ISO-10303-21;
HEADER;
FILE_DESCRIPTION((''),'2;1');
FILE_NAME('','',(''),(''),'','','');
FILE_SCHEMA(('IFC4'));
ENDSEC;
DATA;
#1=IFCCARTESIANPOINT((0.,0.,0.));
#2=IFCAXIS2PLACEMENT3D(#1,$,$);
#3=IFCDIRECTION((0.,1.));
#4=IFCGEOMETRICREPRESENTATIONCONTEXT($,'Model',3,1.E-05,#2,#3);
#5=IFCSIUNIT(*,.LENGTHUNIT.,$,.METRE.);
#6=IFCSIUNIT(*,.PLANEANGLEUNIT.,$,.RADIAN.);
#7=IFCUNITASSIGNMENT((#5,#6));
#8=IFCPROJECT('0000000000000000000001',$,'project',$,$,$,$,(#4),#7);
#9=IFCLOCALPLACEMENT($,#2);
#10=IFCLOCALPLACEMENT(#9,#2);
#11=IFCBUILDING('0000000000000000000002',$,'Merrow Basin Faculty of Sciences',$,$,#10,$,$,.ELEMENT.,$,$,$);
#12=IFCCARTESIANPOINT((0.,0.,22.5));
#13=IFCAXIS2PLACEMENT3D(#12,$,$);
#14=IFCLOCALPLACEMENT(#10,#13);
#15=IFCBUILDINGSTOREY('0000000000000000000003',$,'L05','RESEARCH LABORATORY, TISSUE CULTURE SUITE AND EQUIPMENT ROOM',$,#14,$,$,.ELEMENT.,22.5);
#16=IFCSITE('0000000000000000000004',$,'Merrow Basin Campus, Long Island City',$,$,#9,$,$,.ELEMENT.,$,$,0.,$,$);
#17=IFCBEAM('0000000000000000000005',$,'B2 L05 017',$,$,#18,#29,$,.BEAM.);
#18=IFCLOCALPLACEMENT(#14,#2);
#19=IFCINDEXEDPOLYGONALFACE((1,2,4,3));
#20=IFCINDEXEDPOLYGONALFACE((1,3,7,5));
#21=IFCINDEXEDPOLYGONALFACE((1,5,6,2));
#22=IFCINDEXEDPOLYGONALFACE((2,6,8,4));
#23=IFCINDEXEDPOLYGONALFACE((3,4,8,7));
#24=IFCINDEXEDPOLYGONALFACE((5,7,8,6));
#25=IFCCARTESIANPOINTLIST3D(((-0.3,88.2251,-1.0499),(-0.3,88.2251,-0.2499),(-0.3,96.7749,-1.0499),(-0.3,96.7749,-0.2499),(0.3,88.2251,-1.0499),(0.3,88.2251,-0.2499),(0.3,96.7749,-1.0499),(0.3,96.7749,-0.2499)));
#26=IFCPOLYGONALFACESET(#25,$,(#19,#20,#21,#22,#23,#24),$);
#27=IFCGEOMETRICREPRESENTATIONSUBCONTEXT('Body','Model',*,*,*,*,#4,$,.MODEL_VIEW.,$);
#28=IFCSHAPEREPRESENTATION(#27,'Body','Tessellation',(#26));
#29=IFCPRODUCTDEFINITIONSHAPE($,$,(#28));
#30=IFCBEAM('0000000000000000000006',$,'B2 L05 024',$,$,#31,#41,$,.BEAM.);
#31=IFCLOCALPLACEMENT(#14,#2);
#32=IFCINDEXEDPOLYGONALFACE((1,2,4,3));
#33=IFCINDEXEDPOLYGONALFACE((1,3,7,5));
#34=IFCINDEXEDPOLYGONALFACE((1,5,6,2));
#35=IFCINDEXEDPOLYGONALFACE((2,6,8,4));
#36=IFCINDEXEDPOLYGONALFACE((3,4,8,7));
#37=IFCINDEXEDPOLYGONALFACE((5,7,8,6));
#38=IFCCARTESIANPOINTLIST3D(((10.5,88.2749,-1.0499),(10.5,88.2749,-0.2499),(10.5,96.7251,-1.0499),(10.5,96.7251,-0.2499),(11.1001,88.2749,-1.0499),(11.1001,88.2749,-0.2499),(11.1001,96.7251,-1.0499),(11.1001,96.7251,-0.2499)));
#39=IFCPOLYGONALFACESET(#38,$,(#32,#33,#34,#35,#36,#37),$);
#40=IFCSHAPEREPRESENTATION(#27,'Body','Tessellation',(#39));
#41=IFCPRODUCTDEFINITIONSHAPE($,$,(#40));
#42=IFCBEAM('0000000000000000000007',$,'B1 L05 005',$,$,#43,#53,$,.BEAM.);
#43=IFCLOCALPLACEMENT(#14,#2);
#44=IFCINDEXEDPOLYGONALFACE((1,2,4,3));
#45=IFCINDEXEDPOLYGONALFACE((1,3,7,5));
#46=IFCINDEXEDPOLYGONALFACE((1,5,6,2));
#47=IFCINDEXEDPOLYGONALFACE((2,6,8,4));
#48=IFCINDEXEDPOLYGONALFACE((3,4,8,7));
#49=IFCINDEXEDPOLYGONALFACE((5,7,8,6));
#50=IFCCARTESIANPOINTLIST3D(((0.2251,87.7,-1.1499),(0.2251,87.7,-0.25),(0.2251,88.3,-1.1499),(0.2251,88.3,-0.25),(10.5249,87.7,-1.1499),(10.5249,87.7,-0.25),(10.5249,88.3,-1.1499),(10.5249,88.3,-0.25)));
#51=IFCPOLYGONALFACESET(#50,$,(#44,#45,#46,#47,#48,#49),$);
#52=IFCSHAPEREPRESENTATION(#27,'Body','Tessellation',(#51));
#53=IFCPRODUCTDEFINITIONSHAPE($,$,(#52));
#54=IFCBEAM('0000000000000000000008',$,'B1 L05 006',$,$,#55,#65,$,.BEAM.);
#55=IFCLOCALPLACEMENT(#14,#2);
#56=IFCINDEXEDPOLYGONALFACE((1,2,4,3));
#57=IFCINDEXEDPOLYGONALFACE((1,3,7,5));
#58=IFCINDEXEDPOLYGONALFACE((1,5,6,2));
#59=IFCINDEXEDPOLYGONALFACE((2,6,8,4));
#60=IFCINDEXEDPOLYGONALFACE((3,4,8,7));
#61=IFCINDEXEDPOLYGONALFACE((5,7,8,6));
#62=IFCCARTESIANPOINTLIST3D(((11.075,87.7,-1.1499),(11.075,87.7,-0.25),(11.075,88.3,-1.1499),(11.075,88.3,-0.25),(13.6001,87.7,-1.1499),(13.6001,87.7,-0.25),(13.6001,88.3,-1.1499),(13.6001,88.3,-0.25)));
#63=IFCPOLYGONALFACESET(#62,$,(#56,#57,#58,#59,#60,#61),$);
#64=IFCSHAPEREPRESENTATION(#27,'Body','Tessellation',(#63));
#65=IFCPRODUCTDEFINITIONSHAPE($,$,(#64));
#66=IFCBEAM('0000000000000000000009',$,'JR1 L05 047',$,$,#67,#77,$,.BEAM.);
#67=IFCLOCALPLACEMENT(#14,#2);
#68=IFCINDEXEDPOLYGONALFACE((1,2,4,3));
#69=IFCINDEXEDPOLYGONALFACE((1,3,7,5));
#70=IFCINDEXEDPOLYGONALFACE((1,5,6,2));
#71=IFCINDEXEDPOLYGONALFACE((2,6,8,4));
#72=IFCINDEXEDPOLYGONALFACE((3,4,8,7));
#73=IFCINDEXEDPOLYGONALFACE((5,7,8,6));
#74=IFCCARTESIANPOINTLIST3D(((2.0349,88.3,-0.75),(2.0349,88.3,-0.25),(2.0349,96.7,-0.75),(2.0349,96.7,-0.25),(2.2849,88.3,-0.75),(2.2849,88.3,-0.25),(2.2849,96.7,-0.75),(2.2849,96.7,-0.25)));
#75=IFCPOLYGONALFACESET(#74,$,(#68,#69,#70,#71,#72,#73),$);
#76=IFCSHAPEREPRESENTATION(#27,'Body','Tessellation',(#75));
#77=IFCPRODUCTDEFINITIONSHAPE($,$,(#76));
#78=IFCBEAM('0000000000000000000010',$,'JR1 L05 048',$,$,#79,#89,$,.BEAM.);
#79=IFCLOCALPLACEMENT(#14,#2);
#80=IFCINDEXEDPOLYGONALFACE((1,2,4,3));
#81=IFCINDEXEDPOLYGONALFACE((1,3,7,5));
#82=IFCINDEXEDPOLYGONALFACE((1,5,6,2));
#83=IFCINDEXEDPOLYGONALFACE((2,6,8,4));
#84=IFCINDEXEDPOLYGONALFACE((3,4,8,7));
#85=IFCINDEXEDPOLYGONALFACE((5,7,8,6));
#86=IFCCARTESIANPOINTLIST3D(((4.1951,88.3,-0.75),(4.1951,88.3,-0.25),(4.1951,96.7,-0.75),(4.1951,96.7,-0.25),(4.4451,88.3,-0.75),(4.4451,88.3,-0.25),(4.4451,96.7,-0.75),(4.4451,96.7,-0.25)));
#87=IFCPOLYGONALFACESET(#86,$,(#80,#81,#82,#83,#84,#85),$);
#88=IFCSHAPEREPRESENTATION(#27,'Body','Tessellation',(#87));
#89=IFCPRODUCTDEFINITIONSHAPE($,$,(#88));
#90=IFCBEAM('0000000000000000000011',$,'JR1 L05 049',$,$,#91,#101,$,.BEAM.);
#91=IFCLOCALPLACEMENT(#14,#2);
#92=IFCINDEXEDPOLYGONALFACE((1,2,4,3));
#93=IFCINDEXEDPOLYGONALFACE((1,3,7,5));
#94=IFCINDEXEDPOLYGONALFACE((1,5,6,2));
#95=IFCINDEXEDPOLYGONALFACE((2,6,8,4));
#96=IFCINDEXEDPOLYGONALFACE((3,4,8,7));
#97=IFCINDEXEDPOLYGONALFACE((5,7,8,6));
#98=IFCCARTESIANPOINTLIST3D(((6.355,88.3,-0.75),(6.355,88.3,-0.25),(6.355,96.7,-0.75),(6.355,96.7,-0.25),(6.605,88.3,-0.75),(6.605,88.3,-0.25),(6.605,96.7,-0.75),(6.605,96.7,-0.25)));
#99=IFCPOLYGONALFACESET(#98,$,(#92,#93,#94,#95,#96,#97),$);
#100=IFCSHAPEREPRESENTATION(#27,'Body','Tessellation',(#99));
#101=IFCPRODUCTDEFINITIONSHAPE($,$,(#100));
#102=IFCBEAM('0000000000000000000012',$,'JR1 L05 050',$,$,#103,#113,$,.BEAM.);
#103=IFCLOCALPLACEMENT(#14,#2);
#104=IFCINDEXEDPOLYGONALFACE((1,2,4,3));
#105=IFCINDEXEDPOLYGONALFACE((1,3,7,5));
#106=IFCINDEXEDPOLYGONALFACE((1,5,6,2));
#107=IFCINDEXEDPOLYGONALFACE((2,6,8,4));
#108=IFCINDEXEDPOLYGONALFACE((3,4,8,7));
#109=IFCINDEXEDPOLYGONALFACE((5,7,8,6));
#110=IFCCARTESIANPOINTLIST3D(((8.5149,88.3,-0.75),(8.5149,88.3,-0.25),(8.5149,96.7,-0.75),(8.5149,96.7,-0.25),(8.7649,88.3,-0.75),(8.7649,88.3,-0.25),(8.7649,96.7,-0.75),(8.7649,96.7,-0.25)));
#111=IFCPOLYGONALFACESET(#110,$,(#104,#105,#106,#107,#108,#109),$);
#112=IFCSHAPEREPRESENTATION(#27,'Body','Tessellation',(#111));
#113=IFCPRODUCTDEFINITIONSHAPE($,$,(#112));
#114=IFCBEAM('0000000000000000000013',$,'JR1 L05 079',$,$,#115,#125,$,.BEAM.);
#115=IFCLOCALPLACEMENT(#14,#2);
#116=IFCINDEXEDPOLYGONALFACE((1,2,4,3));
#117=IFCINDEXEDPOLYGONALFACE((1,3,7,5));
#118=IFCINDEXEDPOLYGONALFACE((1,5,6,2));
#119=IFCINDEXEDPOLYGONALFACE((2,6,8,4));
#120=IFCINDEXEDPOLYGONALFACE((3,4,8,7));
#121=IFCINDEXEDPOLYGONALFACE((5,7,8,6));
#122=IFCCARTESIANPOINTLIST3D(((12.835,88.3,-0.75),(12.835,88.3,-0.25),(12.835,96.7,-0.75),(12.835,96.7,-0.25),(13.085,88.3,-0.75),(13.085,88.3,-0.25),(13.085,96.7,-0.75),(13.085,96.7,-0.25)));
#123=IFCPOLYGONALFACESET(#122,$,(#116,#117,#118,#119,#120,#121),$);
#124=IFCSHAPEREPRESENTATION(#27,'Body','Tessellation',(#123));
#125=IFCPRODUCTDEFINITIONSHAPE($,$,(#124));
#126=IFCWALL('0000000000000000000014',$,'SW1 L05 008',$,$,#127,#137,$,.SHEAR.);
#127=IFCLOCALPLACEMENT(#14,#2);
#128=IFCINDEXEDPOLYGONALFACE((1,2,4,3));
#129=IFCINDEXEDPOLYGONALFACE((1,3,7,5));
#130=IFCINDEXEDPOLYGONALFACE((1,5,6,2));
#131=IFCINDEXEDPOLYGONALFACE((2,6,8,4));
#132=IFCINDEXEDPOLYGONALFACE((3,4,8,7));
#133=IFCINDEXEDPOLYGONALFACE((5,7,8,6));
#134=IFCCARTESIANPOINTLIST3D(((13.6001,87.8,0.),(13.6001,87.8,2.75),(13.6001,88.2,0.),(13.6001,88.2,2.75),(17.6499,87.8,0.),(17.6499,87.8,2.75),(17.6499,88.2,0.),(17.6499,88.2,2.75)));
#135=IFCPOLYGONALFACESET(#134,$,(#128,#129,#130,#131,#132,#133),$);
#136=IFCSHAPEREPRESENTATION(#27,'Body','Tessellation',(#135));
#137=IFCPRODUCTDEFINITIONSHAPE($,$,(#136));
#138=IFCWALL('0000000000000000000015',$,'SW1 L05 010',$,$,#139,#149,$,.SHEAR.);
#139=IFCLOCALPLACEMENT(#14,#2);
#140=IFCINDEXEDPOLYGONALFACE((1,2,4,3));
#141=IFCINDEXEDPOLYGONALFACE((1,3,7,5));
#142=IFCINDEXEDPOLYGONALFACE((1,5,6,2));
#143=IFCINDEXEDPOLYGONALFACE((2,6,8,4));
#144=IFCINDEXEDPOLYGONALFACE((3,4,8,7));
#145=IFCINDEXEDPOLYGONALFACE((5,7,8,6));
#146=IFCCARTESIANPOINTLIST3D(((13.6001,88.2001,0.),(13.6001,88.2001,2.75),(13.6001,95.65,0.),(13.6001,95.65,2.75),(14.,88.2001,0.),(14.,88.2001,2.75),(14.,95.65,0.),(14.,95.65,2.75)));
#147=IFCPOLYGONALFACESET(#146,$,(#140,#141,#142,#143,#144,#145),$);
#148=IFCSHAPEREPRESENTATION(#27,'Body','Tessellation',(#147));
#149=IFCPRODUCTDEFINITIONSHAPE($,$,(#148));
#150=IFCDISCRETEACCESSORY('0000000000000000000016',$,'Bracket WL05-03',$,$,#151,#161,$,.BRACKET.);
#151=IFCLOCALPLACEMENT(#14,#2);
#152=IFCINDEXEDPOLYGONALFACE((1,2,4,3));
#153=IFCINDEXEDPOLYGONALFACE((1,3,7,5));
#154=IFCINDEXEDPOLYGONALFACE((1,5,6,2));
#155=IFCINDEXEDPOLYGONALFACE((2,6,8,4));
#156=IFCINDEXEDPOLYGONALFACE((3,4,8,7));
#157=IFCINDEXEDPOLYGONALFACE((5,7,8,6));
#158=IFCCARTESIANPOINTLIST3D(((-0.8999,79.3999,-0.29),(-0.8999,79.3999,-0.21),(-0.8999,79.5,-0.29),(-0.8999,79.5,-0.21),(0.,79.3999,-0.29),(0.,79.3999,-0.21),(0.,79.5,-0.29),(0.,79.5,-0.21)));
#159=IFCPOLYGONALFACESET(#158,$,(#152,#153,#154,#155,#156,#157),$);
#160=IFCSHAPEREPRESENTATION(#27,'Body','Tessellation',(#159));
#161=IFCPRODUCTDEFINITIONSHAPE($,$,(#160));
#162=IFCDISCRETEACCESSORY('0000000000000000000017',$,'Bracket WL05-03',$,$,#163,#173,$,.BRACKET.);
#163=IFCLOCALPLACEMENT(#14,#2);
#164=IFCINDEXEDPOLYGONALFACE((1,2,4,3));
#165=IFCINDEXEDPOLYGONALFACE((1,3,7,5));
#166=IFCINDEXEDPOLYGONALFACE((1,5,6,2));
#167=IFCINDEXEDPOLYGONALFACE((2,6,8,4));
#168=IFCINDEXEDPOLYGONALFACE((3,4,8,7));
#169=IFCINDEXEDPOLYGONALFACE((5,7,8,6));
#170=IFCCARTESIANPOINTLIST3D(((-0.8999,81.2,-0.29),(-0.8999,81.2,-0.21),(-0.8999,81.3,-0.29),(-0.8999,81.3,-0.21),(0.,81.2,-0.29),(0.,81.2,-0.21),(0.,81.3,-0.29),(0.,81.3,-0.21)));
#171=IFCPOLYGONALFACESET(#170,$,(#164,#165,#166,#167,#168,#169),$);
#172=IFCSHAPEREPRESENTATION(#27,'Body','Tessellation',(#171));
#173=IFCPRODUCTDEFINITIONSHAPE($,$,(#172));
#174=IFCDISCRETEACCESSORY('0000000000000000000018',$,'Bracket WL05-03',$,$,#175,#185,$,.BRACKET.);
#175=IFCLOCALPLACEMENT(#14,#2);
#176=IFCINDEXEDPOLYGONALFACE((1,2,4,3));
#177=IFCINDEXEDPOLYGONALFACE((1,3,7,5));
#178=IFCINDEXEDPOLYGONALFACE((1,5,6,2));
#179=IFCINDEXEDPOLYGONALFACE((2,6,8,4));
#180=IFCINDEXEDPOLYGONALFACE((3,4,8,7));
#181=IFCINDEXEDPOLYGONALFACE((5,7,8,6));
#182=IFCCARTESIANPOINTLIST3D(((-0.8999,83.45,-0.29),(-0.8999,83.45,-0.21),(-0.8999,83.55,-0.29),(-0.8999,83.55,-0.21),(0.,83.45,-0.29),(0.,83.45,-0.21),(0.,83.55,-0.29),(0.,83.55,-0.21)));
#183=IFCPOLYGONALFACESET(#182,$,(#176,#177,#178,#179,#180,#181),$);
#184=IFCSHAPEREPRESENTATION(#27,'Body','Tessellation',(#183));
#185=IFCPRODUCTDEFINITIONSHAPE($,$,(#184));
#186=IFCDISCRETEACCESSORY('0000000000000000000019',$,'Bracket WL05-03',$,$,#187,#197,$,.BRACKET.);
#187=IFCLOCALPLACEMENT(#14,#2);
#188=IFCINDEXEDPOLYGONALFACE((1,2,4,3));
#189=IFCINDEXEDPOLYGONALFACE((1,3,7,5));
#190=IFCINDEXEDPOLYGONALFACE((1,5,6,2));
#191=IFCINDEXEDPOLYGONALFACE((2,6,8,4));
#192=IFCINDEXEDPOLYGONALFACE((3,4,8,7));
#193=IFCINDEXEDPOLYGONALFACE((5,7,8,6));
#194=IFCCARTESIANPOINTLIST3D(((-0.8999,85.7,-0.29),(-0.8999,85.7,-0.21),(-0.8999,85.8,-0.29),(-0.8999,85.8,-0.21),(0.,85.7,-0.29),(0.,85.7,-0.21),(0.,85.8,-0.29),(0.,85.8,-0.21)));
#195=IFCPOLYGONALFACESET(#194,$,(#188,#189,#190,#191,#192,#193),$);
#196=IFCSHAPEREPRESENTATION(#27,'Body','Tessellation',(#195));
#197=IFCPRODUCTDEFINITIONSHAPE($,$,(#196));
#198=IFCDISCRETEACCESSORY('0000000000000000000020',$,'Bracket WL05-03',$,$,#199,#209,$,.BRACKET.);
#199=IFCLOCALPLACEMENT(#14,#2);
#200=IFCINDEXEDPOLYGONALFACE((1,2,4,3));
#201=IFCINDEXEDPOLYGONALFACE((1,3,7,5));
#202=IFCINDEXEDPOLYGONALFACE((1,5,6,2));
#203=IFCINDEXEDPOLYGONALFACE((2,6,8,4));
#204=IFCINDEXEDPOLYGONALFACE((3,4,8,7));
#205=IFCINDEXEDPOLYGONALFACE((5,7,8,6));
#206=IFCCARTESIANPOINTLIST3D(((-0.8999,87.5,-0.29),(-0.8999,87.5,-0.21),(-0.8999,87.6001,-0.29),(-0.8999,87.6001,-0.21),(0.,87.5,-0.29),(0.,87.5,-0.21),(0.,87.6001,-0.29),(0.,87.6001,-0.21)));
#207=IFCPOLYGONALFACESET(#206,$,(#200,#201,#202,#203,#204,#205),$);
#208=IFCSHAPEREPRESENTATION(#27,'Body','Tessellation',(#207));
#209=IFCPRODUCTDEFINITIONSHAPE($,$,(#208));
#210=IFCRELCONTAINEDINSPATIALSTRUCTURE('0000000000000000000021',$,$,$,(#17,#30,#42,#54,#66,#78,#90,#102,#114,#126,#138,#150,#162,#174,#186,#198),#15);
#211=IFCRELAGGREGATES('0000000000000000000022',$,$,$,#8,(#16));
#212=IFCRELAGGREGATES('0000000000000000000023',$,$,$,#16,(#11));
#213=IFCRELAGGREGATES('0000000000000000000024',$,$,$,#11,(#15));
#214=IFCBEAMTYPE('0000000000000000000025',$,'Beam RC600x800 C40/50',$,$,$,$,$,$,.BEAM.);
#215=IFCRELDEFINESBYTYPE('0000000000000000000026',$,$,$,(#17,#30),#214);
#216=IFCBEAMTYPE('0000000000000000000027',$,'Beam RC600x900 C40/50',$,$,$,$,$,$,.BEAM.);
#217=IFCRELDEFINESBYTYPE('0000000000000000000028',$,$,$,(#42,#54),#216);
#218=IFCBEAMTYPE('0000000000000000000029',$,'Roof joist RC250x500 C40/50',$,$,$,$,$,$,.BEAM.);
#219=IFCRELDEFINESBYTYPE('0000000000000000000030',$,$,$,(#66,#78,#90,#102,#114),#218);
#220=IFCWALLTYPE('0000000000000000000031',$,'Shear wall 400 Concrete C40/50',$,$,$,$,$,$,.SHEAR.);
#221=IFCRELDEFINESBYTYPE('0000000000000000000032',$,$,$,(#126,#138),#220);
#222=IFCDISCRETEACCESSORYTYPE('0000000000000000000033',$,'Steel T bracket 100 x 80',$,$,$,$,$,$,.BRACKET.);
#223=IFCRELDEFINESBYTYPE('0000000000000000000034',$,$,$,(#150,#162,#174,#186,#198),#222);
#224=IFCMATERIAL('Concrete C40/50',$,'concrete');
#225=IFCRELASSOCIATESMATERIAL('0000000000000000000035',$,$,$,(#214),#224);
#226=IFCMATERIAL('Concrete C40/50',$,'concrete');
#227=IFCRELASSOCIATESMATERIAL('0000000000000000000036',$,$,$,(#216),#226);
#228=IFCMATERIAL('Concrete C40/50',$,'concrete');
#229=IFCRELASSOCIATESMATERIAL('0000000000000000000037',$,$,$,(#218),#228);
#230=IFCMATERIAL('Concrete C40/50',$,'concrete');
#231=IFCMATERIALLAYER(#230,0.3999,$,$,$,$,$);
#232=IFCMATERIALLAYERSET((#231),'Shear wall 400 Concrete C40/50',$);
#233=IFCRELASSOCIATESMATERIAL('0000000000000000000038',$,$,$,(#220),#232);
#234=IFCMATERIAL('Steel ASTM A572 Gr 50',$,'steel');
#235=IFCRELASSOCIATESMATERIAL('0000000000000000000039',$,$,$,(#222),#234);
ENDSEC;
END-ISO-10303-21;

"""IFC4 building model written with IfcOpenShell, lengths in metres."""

from ifc_helpers import new_model, si_unit, direction, frame, frame_2d, origin, origin_2d, place, context, subcontext, project, spatial, polyline, rectangle, outline, extrude, source, transform, mapped, material, layer, layer_set, material_profile, profile_set, type_object, element, save


model = new_model("IFC4")

# Units and contexts
model_context = context("Model", 3, precision=1e-05, world=origin(), true_north=direction((0.0, 1.0)))
body_context = subcontext(model_context, "Body", "Model", "MODEL_VIEW")
ifc_project = project(units=[si_unit("LENGTHUNIT", "METRE"), si_unit("PLANEANGLEUNIT", "RADIAN")], contexts=[model_context])

# Site, building, storey
site_placement = place(None, origin())
site = spatial("IfcSite", under=ifc_project, at=site_placement, Name="Merrow Basin Campus, Long Island City", CompositionType="ELEMENT", RefElevation=0.0)
building_placement = place(site_placement, origin())
building = spatial("IfcBuilding", under=site, at=building_placement, Name="Merrow Basin Faculty of Sciences", CompositionType="ELEMENT")
storey_placement = place(building_placement, frame((0.0, 0.0, 22.5)))
storey = spatial("IfcBuildingStorey", under=building, at=storey_placement, Name="L05", Description="RESEARCH LABORATORY, TISSUE CULTURE SUITE AND EQUIPMENT ROOM", CompositionType="ELEMENT", Elevation=22.5)

# Beams
ifc_material_1 = material(Name="Concrete C40/50", Category="concrete")
ifc_material_profile_1 = material_profile(ifc_material_1, rectangle(XDim=0.6001, YDim=0.8, at=origin_2d()))
ifc_profile_set_1 = profile_set([ifc_material_profile_1], Name="Concrete C40/50")
beam_type_1 = type_object("IfcBeamType", Name="Beam RC600x800 C40/50", PredefinedType="BEAM", material=ifc_profile_set_1)
beam_1_placement = place(storey_placement, frame((0.0, 88.2251, -0.6499), z_axis=(0.0, 1.0, 0.0), x_axis=(-1.0, 0.0, 0.0)))
element("IfcBeam", 1, at=beam_1_placement, inside=storey, type_object=beam_type_1, Name="B2 L05 017", PredefinedType="BEAM", context=body_context, shape_type="SweptSolid", body=[
    extrude(rectangle(XDim=0.6001, YDim=0.8, at=origin_2d()), origin(), (0.0, 0.0, 1.0), 8.5498),
])
beam_2_placement = place(storey_placement, frame((10.8, 88.2749, -0.6499), z_axis=(0.0, 1.0, 0.0), x_axis=(-1.0, 0.0, 0.0)))
element("IfcBeam", 2, at=beam_2_placement, inside=storey, type_object=beam_type_1, Name="B2 L05 024", PredefinedType="BEAM", context=body_context, shape_type="SweptSolid", body=[
    extrude(rectangle(XDim=0.6001, YDim=0.8, at=origin_2d()), origin(), (0.0, 0.0, 1.0), 8.4502),
])
ifc_material_2 = material(Name="Concrete C40/50", Category="concrete")
ifc_material_profile_2 = material_profile(ifc_material_2, rectangle(XDim=0.6001, YDim=0.8999, at=origin_2d()))
ifc_profile_set_2 = profile_set([ifc_material_profile_2], Name="Concrete C40/50")
beam_type_2 = type_object("IfcBeamType", Name="Beam RC600x900 C40/50", PredefinedType="BEAM", material=ifc_profile_set_2)
beam_3_placement = place(storey_placement, frame((0.2251, 88.0, -0.7), z_axis=(1.0, 0.0, 0.0), x_axis=(0.0, 1.0, 0.0)))
element("IfcBeam", 3, at=beam_3_placement, inside=storey, type_object=beam_type_2, Name="B1 L05 005", PredefinedType="BEAM", context=body_context, shape_type="SweptSolid", body=[
    extrude(rectangle(XDim=0.6001, YDim=0.8999, at=origin_2d()), origin(), (0.0, 0.0, 1.0), 10.2998),
])
beam_4_placement = place(storey_placement, frame((11.075, 88.0, -0.7), z_axis=(1.0, 0.0, 0.0), x_axis=(0.0, 1.0, 0.0)))
element("IfcBeam", 4, at=beam_4_placement, inside=storey, type_object=beam_type_2, Name="B1 L05 006", PredefinedType="BEAM", context=body_context, shape_type="SweptSolid", body=[
    extrude(rectangle(XDim=0.6001, YDim=0.8999, at=origin_2d()), origin(), (0.0, 0.0, 1.0), 2.5251),
])
ifc_material_3 = material(Name="Concrete C40/50", Category="concrete")
ifc_material_profile_3 = material_profile(ifc_material_3, rectangle(XDim=0.25, YDim=0.5, at=origin_2d()))
ifc_profile_set_3 = profile_set([ifc_material_profile_3], Name="Concrete C40/50")
beam_type_3 = type_object("IfcBeamType", Name="Roof joist RC250x500 C40/50", PredefinedType="BEAM", material=ifc_profile_set_3)
for number, where, z_axis, x_axis, name in (
    (5, (2.1599, 88.3, -0.5), (0.0, 1.0, 0.0), (-1.0, 0.0, 0.0), "JR1 L05 047"),
    (6, (4.3201, 88.3, -0.5), (0.0, 1.0, 0.0), (-1.0, 0.0, 0.0), "JR1 L05 048"),
    (7, (6.48, 88.3, -0.5), (0.0, 1.0, 0.0), (-1.0, 0.0, 0.0), "JR1 L05 049"),
    (8, (8.6399, 88.3, -0.5), (0.0, 1.0, 0.0), (-1.0, 0.0, 0.0), "JR1 L05 050"),
    (9, (12.96, 88.3, -0.5), (0.0, 1.0, 0.0), (-1.0, 0.0, 0.0), "JR1 L05 079"),
):
    element("IfcBeam", number, at=place(storey_placement, frame(where, z_axis=z_axis, x_axis=x_axis)), inside=storey, type_object=beam_type_3, Name=name, PredefinedType="BEAM", context=body_context, shape_type="SweptSolid", body=[
        extrude(rectangle(XDim=0.25, YDim=0.5, at=origin_2d()), origin(), (0.0, 0.0, 1.0), 8.3999),
    ])

# Walls
ifc_material_4 = material(Name="Concrete C40/50", Category="concrete")
ifc_layer_1 = layer(ifc_material_4, 0.3999)
ifc_layer_set_1 = layer_set([ifc_layer_1], Name="Shear wall 400 Concrete C40/50")
wall_type = type_object("IfcWallType", Name="Shear wall 400 Concrete C40/50", PredefinedType="SHEAR", material=ifc_layer_set_1)
wall_1_placement = place(storey_placement, frame((13.6001, 88.0, 0.0), z_axis=(0.0, 0.0, 1.0), x_axis=(1.0, 0.0, 0.0)))
element("IfcWall", 10, at=wall_1_placement, inside=storey, type_object=wall_type, Name="SW1 L05 008", PredefinedType="SHEAR", context=body_context, shape_type="SweptSolid", body=[
    extrude(rectangle(XDim=4.0498, YDim=0.3999, at=frame_2d((2.0249, 0.0))), origin(), (0.0, 0.0, 1.0), 2.75),
])
wall_2_placement = place(storey_placement, frame((13.8, 88.2, 0.0), z_axis=(0.0, 0.0, 1.0), x_axis=(0.0, 1.0, 0.0)))
element("IfcWall", 11, at=wall_2_placement, inside=storey, type_object=wall_type, Name="SW1 L05 010", PredefinedType="SHEAR", context=body_context, shape_type="SweptSolid", body=[
    extrude(rectangle(XDim=7.45, YDim=0.3999, at=frame_2d((3.7251, 0.0))), origin(), (0.0, 0.0, 1.0), 2.75),
])

# Discrete accessories
ifc_material_5 = material(Name="Steel ASTM A572 Gr 50", Category="steel")
discrete_accessory_type = type_object("IfcDiscreteAccessoryType", Name="Steel T bracket 100 x 80", PredefinedType="BRACKET", material=ifc_material_5)
shared_shape_1 = source(origin(), body_context, "Body", "SweptSolid", [
    extrude(outline(polyline([(0.0, 0.0), (0.1001, 0.0), (0.1001, 0.0801), (0.0, 0.0801), (0.0, 0.0)])), origin(), (0.0, 0.0, 1.0), 0.8999),
])
for number, where, z_axis, x_axis, name in (
    (12, (-0.8999, 79.3999, -0.29), (1.0, 0.0, 0.0), (0.0, 1.0, 0.0), "Bracket WL05-03"),
    (13, (-0.8999, 81.2, -0.29), (1.0, 0.0, 0.0), (0.0, 1.0, 0.0), "Bracket WL05-03"),
    (14, (-0.8999, 83.45, -0.29), (1.0, 0.0, 0.0), (0.0, 1.0, 0.0), "Bracket WL05-03"),
    (15, (-0.8999, 85.7, -0.29), (1.0, 0.0, 0.0), (0.0, 1.0, 0.0), "Bracket WL05-03"),
    (16, (-0.8999, 87.5, -0.29), (1.0, 0.0, 0.0), (0.0, 1.0, 0.0), "Bracket WL05-03"),
):
    element("IfcDiscreteAccessory", number, at=place(storey_placement, frame(where, z_axis=z_axis, x_axis=x_axis)), inside=storey, type_object=discrete_accessory_type, Name=name, PredefinedType="BRACKET", context=body_context, shape_type="MappedRepresentation", body=[
        mapped(shared_shape_1, transform((0.0, 0.0, 0.0), scale=1.0)),
    ])

save(model, "model.ifc")
